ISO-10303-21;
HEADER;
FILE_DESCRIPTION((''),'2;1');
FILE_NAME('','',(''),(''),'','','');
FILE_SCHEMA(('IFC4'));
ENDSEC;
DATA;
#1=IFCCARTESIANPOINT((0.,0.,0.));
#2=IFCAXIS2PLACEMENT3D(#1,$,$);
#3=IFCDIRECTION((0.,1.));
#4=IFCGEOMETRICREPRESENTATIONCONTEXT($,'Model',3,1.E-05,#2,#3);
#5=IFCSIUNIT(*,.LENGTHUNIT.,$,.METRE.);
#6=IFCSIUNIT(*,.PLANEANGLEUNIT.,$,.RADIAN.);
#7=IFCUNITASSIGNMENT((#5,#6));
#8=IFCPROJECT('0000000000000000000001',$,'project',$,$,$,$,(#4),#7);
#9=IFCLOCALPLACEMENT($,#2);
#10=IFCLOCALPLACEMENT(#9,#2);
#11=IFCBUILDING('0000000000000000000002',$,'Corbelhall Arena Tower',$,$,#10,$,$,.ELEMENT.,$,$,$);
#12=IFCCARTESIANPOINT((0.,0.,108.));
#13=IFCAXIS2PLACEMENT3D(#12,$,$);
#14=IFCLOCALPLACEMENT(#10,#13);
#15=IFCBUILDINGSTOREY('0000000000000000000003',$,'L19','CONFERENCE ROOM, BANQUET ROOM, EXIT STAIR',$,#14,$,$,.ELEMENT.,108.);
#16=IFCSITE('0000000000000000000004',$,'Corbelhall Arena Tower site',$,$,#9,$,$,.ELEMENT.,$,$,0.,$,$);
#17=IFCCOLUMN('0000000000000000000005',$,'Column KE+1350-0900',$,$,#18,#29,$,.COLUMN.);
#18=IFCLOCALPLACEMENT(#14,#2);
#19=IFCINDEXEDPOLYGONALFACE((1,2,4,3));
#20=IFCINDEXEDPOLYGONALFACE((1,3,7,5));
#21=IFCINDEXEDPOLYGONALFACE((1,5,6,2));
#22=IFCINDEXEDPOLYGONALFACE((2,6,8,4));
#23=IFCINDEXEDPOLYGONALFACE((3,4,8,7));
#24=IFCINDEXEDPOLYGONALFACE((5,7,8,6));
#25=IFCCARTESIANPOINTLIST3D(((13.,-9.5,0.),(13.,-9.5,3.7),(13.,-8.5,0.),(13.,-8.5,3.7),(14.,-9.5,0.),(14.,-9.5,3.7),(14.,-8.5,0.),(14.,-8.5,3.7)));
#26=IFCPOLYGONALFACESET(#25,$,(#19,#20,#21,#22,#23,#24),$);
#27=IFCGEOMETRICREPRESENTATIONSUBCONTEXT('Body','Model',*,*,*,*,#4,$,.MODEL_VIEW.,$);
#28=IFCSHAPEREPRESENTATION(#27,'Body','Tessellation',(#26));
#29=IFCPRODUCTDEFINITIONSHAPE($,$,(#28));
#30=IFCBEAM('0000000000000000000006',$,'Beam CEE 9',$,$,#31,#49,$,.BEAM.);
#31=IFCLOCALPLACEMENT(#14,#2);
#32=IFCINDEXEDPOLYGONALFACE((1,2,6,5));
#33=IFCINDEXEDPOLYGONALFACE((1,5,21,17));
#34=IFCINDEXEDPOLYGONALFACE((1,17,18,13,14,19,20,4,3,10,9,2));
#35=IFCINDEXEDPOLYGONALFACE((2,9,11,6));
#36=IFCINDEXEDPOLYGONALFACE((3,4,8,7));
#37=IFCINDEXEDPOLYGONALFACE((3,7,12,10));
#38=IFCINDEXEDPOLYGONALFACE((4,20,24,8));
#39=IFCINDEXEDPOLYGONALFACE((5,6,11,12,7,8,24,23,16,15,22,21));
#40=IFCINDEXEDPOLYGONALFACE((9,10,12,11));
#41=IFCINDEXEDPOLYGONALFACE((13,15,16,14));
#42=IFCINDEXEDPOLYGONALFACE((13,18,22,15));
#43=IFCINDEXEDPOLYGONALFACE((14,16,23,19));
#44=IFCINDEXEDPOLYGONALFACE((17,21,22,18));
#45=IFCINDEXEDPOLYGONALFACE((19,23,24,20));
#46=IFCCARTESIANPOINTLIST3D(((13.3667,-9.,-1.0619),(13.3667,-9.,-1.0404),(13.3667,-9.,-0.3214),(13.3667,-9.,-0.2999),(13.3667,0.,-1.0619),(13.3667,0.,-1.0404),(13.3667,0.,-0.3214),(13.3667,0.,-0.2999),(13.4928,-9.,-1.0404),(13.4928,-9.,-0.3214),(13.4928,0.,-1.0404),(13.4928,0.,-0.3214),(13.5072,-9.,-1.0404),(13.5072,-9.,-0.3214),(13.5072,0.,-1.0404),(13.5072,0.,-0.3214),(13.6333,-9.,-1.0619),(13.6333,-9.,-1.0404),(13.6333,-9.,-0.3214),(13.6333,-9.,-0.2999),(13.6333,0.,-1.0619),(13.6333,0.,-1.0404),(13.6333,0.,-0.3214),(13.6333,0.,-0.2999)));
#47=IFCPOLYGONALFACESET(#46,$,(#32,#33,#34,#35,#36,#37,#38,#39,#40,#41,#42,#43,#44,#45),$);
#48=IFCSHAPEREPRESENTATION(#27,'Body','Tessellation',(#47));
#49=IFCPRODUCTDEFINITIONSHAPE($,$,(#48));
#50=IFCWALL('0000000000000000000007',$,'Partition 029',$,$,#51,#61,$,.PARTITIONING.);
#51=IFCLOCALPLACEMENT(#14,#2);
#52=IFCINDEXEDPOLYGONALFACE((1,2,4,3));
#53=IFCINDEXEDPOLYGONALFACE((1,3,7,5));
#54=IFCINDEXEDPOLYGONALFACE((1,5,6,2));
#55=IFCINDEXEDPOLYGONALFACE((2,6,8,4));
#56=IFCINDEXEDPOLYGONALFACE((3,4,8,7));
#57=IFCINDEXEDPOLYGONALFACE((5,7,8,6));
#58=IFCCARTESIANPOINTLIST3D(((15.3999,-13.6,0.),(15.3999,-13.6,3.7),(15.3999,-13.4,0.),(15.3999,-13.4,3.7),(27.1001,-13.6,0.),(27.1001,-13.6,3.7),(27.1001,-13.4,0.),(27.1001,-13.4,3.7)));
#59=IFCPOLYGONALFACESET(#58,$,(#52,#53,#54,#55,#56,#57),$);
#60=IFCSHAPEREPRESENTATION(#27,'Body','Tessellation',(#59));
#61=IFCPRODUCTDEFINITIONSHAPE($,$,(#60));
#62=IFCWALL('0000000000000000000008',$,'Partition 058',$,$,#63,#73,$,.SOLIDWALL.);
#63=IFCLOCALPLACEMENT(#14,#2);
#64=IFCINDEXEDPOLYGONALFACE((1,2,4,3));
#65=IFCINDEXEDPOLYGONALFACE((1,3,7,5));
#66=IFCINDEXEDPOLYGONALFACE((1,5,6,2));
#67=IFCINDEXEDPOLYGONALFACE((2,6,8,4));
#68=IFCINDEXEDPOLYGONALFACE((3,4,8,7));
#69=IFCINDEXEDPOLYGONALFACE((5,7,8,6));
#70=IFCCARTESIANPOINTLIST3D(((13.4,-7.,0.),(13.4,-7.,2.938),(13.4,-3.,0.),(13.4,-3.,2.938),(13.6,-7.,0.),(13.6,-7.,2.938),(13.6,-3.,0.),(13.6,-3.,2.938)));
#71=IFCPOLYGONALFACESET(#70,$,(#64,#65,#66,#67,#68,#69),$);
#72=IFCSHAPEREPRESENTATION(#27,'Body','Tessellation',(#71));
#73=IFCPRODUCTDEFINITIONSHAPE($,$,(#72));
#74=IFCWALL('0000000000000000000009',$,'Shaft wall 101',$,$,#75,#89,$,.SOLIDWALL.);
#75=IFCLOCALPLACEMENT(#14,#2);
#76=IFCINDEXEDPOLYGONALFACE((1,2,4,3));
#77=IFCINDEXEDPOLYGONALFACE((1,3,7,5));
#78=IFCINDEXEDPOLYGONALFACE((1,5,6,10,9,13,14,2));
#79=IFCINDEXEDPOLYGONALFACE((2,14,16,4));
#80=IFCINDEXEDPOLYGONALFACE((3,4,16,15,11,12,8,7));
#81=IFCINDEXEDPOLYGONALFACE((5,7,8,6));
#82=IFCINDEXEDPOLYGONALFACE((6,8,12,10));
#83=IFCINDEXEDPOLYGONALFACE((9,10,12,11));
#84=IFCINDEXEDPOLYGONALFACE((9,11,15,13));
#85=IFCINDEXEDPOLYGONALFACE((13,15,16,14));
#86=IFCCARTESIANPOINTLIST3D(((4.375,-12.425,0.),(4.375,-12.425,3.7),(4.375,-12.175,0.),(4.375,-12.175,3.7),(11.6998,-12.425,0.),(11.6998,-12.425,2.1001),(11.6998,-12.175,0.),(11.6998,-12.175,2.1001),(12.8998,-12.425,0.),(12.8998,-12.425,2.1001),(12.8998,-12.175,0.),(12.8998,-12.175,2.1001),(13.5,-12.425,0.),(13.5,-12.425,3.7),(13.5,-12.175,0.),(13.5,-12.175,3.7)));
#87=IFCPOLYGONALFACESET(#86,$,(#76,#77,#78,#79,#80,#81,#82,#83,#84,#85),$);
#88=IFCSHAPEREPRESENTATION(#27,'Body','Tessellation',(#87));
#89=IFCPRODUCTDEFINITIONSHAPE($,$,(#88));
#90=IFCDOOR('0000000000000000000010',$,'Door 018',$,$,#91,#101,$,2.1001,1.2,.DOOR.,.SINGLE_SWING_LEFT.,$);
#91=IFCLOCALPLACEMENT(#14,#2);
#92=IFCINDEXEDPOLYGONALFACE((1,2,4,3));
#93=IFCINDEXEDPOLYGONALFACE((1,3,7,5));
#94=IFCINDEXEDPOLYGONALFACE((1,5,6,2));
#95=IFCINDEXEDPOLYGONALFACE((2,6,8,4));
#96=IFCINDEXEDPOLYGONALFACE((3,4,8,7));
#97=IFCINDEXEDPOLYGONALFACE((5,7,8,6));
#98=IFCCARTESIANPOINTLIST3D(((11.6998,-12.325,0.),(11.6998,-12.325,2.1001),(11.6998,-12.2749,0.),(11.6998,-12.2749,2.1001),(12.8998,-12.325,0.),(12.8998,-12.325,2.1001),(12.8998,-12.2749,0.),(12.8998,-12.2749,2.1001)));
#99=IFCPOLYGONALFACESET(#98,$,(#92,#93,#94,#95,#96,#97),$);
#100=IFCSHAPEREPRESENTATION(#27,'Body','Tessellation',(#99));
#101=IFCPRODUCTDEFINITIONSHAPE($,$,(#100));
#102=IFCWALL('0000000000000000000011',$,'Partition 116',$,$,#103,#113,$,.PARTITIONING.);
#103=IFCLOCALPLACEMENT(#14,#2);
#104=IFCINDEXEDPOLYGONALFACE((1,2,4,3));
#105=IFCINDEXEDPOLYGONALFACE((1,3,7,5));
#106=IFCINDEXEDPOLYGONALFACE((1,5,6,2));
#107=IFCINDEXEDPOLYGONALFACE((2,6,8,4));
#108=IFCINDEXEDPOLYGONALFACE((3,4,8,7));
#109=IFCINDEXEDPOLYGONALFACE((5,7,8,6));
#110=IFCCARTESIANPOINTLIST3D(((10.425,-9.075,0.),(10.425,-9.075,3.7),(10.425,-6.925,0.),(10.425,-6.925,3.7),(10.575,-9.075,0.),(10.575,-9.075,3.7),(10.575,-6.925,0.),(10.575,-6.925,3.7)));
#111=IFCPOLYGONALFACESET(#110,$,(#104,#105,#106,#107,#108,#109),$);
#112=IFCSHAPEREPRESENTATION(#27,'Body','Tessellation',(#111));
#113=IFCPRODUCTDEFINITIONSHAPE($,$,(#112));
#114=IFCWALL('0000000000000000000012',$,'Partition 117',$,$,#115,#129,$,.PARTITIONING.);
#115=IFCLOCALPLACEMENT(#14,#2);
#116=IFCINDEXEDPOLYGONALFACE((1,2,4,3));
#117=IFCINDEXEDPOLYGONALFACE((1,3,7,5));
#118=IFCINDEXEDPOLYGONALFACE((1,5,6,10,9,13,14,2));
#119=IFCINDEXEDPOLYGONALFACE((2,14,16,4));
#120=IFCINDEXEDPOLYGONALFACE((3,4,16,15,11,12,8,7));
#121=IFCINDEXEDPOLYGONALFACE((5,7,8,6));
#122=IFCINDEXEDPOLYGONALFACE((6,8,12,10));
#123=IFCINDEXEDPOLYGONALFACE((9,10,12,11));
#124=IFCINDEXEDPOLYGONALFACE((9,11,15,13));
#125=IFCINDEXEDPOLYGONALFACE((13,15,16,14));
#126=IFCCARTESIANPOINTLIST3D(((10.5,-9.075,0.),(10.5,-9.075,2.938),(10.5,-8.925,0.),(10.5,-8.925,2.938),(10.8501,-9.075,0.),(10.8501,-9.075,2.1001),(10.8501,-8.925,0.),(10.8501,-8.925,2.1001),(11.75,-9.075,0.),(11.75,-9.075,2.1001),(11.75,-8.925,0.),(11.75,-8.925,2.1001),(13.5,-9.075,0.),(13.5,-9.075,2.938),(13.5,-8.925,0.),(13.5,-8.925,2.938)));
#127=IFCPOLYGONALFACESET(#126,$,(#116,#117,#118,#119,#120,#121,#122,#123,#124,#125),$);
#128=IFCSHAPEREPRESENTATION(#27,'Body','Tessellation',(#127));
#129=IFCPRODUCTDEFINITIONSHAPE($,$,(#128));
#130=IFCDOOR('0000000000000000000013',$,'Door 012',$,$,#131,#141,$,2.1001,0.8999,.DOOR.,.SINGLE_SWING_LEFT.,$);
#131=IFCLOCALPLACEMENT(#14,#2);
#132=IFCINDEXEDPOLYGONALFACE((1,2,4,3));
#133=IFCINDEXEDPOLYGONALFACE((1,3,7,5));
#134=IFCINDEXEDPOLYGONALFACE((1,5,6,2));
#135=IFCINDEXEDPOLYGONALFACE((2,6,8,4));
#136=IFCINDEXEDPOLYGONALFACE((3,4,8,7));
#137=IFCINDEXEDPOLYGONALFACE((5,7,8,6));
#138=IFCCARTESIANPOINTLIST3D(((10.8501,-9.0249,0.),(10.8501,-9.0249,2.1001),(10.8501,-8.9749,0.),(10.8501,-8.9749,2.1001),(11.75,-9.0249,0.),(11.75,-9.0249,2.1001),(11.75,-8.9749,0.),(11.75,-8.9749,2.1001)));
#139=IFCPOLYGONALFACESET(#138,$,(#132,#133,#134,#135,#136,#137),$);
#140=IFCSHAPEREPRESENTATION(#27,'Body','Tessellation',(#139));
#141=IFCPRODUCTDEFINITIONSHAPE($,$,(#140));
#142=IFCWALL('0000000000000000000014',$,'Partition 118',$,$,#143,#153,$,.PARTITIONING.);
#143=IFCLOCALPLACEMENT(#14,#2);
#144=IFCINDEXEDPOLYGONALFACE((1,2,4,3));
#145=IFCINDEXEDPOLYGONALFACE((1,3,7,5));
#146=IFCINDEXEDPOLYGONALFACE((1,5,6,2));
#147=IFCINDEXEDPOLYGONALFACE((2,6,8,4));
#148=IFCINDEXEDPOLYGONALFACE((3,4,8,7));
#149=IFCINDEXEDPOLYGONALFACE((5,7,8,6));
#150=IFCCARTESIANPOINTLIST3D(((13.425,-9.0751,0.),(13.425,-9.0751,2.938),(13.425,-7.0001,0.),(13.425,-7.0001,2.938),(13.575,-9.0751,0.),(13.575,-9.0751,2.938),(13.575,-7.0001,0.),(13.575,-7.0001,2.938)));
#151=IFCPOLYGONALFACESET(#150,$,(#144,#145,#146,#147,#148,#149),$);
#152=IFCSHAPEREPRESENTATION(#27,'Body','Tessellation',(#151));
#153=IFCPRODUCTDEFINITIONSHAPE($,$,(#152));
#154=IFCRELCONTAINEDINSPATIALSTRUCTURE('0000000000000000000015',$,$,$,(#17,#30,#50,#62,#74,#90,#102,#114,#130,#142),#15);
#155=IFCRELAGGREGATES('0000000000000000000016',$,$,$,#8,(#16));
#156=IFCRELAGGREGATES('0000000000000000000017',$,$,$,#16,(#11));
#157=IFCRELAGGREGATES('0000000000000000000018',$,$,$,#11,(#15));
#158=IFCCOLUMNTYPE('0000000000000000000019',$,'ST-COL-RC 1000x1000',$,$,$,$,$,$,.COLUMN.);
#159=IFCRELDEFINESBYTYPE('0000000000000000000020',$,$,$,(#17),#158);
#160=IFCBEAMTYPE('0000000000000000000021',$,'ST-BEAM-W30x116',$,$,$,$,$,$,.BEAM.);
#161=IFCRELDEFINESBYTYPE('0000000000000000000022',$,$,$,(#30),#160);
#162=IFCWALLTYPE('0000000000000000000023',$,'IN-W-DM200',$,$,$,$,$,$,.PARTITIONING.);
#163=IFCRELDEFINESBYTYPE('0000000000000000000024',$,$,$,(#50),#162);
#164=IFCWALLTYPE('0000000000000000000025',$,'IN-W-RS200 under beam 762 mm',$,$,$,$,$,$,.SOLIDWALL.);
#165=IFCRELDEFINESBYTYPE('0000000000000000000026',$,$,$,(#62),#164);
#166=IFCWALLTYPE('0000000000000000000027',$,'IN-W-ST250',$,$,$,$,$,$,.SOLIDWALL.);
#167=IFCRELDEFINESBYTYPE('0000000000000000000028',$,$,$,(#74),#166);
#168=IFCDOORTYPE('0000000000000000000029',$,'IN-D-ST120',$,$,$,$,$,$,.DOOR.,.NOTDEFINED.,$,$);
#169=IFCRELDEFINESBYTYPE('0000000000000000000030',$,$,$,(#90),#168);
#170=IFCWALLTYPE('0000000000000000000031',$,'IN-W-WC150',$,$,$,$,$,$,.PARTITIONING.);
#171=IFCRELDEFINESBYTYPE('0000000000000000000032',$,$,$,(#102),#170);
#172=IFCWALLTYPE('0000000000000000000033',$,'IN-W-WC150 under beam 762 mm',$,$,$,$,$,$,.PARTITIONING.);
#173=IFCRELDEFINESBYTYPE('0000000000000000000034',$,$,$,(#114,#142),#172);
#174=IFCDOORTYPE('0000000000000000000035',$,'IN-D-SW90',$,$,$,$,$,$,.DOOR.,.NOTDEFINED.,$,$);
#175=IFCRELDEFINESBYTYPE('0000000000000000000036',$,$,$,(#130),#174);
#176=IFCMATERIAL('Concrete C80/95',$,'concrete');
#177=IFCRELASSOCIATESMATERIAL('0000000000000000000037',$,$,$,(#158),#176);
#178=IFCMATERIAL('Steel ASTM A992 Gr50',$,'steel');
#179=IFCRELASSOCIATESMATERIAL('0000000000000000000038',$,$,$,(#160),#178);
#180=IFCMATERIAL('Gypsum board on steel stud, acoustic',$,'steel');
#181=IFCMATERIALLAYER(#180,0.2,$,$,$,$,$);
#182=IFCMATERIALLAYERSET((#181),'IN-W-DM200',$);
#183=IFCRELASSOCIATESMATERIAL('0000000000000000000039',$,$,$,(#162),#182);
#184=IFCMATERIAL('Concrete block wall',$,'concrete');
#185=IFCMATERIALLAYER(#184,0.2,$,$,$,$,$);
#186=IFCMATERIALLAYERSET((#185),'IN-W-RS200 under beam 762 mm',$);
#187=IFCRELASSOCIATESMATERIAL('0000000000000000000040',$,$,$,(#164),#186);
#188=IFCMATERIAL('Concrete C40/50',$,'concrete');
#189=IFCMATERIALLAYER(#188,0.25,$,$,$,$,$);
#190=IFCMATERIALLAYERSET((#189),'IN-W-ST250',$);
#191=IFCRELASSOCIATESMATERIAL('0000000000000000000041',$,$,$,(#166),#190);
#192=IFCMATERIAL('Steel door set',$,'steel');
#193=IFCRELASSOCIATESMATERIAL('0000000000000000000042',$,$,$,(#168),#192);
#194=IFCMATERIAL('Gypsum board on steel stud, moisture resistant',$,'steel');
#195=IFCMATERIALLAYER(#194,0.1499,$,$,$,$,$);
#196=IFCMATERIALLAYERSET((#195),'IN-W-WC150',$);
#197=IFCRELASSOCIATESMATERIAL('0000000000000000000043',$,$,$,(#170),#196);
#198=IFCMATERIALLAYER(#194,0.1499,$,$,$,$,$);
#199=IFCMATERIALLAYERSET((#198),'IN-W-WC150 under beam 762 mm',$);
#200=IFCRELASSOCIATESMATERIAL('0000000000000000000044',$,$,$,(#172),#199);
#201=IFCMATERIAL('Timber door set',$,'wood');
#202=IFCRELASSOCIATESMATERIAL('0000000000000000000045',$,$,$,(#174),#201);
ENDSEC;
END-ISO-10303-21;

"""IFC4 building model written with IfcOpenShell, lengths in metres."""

from ifc_helpers import new_model, si_unit, direction, frame, frame_2d, origin, origin_2d, place, context, subcontext, project, spatial, rectangle, i_section, extrude, material, layer, layer_set, material_profile, profile_set, type_object, element, fill, save


model = new_model("IFC4")

# Units and contexts
model_context = context("Model", 3, precision=1e-05, world=origin(), true_north=direction((0.0, 1.0)))
body_context = subcontext(model_context, "Body", "Model", "MODEL_VIEW")
ifc_project = project(units=[si_unit("LENGTHUNIT", "METRE"), si_unit("PLANEANGLEUNIT", "RADIAN")], contexts=[model_context])

# Site, building, storey
site_placement = place(None, origin())
site = spatial("IfcSite", under=ifc_project, at=site_placement, Name="Corbelhall Arena Tower site", CompositionType="ELEMENT", RefElevation=0.0)
building_placement = place(site_placement, origin())
building = spatial("IfcBuilding", under=site, at=building_placement, Name="Corbelhall Arena Tower", CompositionType="ELEMENT")
storey_placement = place(building_placement, frame((0.0, 0.0, 108.0)))
storey = spatial("IfcBuildingStorey", under=building, at=storey_placement, Name="L19", Description="CONFERENCE ROOM, BANQUET ROOM, EXIT STAIR", CompositionType="ELEMENT", Elevation=108.0)

# Column
ifc_material_1 = material(Name="Concrete C80/95", Category="concrete")
ifc_material_profile_1 = material_profile(ifc_material_1, rectangle(XDim=1.0, YDim=1.0, at=origin_2d()))
ifc_profile_set_1 = profile_set([ifc_material_profile_1], Name="Concrete C80/95")
column_type = type_object("IfcColumnType", Name="ST-COL-RC 1000x1000", PredefinedType="COLUMN", material=ifc_profile_set_1)
column_placement = place(storey_placement, frame((13.5, -9.0, 0.0), z_axis=(0.0, 0.0, 1.0), x_axis=(1.0, 0.0, 0.0)))
element("IfcColumn", 1, at=column_placement, inside=storey, type_object=column_type, Name="Column KE+1350-0900", PredefinedType="COLUMN", context=body_context, shape_type="SweptSolid", body=[
    extrude(rectangle(XDim=1.0, YDim=1.0, at=origin_2d()), origin(), (0.0, 0.0, 1.0), 3.7),
])

# Beam
ifc_material_2 = material(Name="Steel ASTM A992 Gr50", Category="steel")
ifc_material_profile_2 = material_profile(ifc_material_2, i_section(OverallWidth=0.2666, OverallDepth=0.762, WebThickness=0.0144, FlangeThickness=0.0215, at=origin_2d()))
ifc_profile_set_2 = profile_set([ifc_material_profile_2], Name="Steel ASTM A992 Gr50")
beam_type = type_object("IfcBeamType", Name="ST-BEAM-W30x116", PredefinedType="BEAM", material=ifc_profile_set_2)
beam_placement = place(storey_placement, frame((13.5, -9.0, -0.6809), z_axis=(0.0, 1.0, 0.0), x_axis=(-1.0, 0.0, 0.0)))
element("IfcBeam", 2, at=beam_placement, inside=storey, type_object=beam_type, Name="Beam CEE 9", PredefinedType="BEAM", context=body_context, shape_type="SweptSolid", body=[
    extrude(i_section(OverallWidth=0.2666, OverallDepth=0.762, WebThickness=0.0144, FlangeThickness=0.0215, at=origin_2d()), origin(), (0.0, 0.0, 1.0), 9.0),
])

# Shared definitions
ifc_material_3 = material(Name="Gypsum board on steel stud, acoustic", Category="steel")
ifc_layer_1 = layer(ifc_material_3, 0.2)
ifc_layer_set_1 = layer_set([ifc_layer_1], Name="IN-W-DM200")
wall_type_1 = type_object("IfcWallType", Name="IN-W-DM200", PredefinedType="PARTITIONING", material=ifc_layer_set_1)
ifc_material_4 = material(Name="Steel door set", Category="steel")

# Wall
wall_1_placement = place(storey_placement, frame((15.3999, -13.5, 0.0), z_axis=(0.0, 0.0, 1.0), x_axis=(1.0, 0.0, 0.0)))
element("IfcWall", 3, at=wall_1_placement, inside=storey, type_object=wall_type_1, Name="Partition 029", PredefinedType="PARTITIONING", context=body_context, shape_type="SweptSolid", body=[
    extrude(rectangle(XDim=11.7002, YDim=0.2, at=frame_2d((5.8501, 0.0))), origin(), (0.0, 0.0, 1.0), 3.7),
])

# Shared definitions
ifc_material_5 = material(Name="Concrete block wall", Category="concrete")

# Wall
ifc_layer_2 = layer(ifc_material_5, 0.2)
ifc_layer_set_2 = layer_set([ifc_layer_2], Name="IN-W-RS200 under beam 762 mm")
wall_type_2 = type_object("IfcWallType", Name="IN-W-RS200 under beam 762 mm", PredefinedType="SOLIDWALL", material=ifc_layer_set_2)
wall_2_placement = place(storey_placement, frame((13.5, -3.0, 0.0), z_axis=(0.0, 0.0, 1.0), x_axis=(0.0, -1.0, 0.0)))
element("IfcWall", 4, at=wall_2_placement, inside=storey, type_object=wall_type_2, Name="Partition 058", PredefinedType="SOLIDWALL", context=body_context, shape_type="SweptSolid", body=[
    extrude(rectangle(XDim=4.0, YDim=0.2, at=frame_2d((2.0, 0.0))), origin(), (0.0, 0.0, 1.0), 2.938),
])

# Wall, opening, door
ifc_material_6 = material(Name="Concrete C40/50", Category="concrete")
ifc_layer_3 = layer(ifc_material_6, 0.25)
ifc_layer_set_3 = layer_set([ifc_layer_3], Name="IN-W-ST250")
wall_type_3 = type_object("IfcWallType", Name="IN-W-ST250", PredefinedType="SOLIDWALL", material=ifc_layer_set_3)
wall_3_placement = place(storey_placement, frame((13.5, -12.3, 0.0), z_axis=(0.0, 0.0, 1.0), x_axis=(-1.0, 0.0, 0.0)))
wall_3 = element("IfcWall", 5, at=wall_3_placement, inside=storey, type_object=wall_type_3, Name="Shaft wall 101", PredefinedType="SOLIDWALL", context=body_context, shape_type="SweptSolid", body=[
    extrude(rectangle(XDim=9.125, YDim=0.25, at=frame_2d((4.5625, 0.0))), origin(), (0.0, 0.0, 1.0), 3.7),
])
opening_1_placement = place(wall_3_placement, frame((0.6001, 0.0, 0.0)))
opening_1 = element("IfcOpeningElement", 6, at=opening_1_placement, cuts=wall_3, PredefinedType="OPENING", context=body_context, shape_type="SweptSolid", body=[
    extrude(rectangle(XDim=1.2, YDim=2.1001, at=frame_2d((0.6001, 1.05))), frame((0.0, 0.125, 0.0), z_axis=(0.0, -1.0, 0.0), x_axis=(1.0, 0.0, 0.0)), (0.0, 0.0, 1.0), 0.25),
])
door_type_1 = type_object("IfcDoorType", Name="IN-D-ST120", OperationType="NOTDEFINED", PredefinedType="DOOR", material=ifc_material_4)
door_1_placement = place(opening_1_placement, origin())
door_1 = element("IfcDoor", 7, at=door_1_placement, inside=storey, type_object=door_type_1, Name="Door 018", OperationType="SINGLE_SWING_LEFT", OverallHeight=2.1001, OverallWidth=1.2, PredefinedType="DOOR", context=body_context, shape_type="SweptSolid", body=[
    extrude(rectangle(XDim=1.2, YDim=2.1001, at=frame_2d((0.6001, 1.05))), frame((0.0, 0.0249, 0.0), z_axis=(0.0, -1.0, 0.0), x_axis=(1.0, 0.0, 0.0)), (0.0, 0.0, 1.0), 0.05),
])
fill(opening_1, door_1)

# Wall
ifc_material_7 = material(Name="Gypsum board on steel stud, moisture resistant", Category="steel")
ifc_layer_4 = layer(ifc_material_7, 0.1499)
ifc_layer_set_4 = layer_set([ifc_layer_4], Name="IN-W-WC150")
wall_type_4 = type_object("IfcWallType", Name="IN-W-WC150", PredefinedType="PARTITIONING", material=ifc_layer_set_4)
wall_4_placement = place(storey_placement, frame((10.5, -6.925, 0.0), z_axis=(0.0, 0.0, 1.0), x_axis=(0.0, -1.0, 0.0)))
element("IfcWall", 8, at=wall_4_placement, inside=storey, type_object=wall_type_4, Name="Partition 116", PredefinedType="PARTITIONING", context=body_context, shape_type="SweptSolid", body=[
    extrude(rectangle(XDim=2.1499, YDim=0.1499, at=frame_2d((1.075, 0.0))), origin(), (0.0, 0.0, 1.0), 3.7),
])

# Wall, opening, door
ifc_layer_5 = layer(ifc_material_7, 0.1499)
ifc_layer_set_5 = layer_set([ifc_layer_5], Name="IN-W-WC150 under beam 762 mm")
wall_type_5 = type_object("IfcWallType", Name="IN-W-WC150 under beam 762 mm", PredefinedType="PARTITIONING", material=ifc_layer_set_5)
wall_5_placement = place(storey_placement, frame((13.5, -9.0, 0.0), z_axis=(0.0, 0.0, 1.0), x_axis=(-1.0, 0.0, 0.0)))
wall_5 = element("IfcWall", 9, at=wall_5_placement, inside=storey, type_object=wall_type_5, Name="Partition 117", PredefinedType="PARTITIONING", context=body_context, shape_type="SweptSolid", body=[
    extrude(rectangle(XDim=3.0, YDim=0.1499, at=frame_2d((1.5, 0.0))), origin(), (0.0, 0.0, 1.0), 2.938),
])
opening_2_placement = place(wall_5_placement, frame((1.75, 0.0, 0.0)))
opening_2 = element("IfcOpeningElement", 10, at=opening_2_placement, cuts=wall_5, PredefinedType="OPENING", context=body_context, shape_type="SweptSolid", body=[
    extrude(rectangle(XDim=0.8999, YDim=2.1001, at=frame_2d((0.45, 1.05))), frame((0.0, 0.075, 0.0), z_axis=(0.0, -1.0, 0.0), x_axis=(1.0, 0.0, 0.0)), (0.0, 0.0, 1.0), 0.1499),
])
ifc_material_8 = material(Name="Timber door set", Category="wood")
door_type_2 = type_object("IfcDoorType", Name="IN-D-SW90", OperationType="NOTDEFINED", PredefinedType="DOOR", material=ifc_material_8)
door_2_placement = place(opening_2_placement, origin())
door_2 = element("IfcDoor", 11, at=door_2_placement, inside=storey, type_object=door_type_2, Name="Door 012", OperationType="SINGLE_SWING_LEFT", OverallHeight=2.1001, OverallWidth=0.8999, PredefinedType="DOOR", context=body_context, shape_type="SweptSolid", body=[
    extrude(rectangle(XDim=0.8999, YDim=2.1001, at=frame_2d((0.45, 1.05))), frame((0.0, 0.0249, 0.0), z_axis=(0.0, -1.0, 0.0), x_axis=(1.0, 0.0, 0.0)), (0.0, 0.0, 1.0), 0.05),
])
fill(opening_2, door_2)

# Wall
wall_6_placement = place(storey_placement, frame((13.5, -7.0, 0.0), z_axis=(0.0, 0.0, 1.0), x_axis=(0.0, -1.0, 0.0)))
element("IfcWall", 12, at=wall_6_placement, inside=storey, type_object=wall_type_5, Name="Partition 118", PredefinedType="PARTITIONING", context=body_context, shape_type="SweptSolid", body=[
    extrude(rectangle(XDim=2.075, YDim=0.1499, at=frame_2d((1.0376, 0.0))), origin(), (0.0, 0.0, 1.0), 2.938),
])

save(model, "model.ifc")
